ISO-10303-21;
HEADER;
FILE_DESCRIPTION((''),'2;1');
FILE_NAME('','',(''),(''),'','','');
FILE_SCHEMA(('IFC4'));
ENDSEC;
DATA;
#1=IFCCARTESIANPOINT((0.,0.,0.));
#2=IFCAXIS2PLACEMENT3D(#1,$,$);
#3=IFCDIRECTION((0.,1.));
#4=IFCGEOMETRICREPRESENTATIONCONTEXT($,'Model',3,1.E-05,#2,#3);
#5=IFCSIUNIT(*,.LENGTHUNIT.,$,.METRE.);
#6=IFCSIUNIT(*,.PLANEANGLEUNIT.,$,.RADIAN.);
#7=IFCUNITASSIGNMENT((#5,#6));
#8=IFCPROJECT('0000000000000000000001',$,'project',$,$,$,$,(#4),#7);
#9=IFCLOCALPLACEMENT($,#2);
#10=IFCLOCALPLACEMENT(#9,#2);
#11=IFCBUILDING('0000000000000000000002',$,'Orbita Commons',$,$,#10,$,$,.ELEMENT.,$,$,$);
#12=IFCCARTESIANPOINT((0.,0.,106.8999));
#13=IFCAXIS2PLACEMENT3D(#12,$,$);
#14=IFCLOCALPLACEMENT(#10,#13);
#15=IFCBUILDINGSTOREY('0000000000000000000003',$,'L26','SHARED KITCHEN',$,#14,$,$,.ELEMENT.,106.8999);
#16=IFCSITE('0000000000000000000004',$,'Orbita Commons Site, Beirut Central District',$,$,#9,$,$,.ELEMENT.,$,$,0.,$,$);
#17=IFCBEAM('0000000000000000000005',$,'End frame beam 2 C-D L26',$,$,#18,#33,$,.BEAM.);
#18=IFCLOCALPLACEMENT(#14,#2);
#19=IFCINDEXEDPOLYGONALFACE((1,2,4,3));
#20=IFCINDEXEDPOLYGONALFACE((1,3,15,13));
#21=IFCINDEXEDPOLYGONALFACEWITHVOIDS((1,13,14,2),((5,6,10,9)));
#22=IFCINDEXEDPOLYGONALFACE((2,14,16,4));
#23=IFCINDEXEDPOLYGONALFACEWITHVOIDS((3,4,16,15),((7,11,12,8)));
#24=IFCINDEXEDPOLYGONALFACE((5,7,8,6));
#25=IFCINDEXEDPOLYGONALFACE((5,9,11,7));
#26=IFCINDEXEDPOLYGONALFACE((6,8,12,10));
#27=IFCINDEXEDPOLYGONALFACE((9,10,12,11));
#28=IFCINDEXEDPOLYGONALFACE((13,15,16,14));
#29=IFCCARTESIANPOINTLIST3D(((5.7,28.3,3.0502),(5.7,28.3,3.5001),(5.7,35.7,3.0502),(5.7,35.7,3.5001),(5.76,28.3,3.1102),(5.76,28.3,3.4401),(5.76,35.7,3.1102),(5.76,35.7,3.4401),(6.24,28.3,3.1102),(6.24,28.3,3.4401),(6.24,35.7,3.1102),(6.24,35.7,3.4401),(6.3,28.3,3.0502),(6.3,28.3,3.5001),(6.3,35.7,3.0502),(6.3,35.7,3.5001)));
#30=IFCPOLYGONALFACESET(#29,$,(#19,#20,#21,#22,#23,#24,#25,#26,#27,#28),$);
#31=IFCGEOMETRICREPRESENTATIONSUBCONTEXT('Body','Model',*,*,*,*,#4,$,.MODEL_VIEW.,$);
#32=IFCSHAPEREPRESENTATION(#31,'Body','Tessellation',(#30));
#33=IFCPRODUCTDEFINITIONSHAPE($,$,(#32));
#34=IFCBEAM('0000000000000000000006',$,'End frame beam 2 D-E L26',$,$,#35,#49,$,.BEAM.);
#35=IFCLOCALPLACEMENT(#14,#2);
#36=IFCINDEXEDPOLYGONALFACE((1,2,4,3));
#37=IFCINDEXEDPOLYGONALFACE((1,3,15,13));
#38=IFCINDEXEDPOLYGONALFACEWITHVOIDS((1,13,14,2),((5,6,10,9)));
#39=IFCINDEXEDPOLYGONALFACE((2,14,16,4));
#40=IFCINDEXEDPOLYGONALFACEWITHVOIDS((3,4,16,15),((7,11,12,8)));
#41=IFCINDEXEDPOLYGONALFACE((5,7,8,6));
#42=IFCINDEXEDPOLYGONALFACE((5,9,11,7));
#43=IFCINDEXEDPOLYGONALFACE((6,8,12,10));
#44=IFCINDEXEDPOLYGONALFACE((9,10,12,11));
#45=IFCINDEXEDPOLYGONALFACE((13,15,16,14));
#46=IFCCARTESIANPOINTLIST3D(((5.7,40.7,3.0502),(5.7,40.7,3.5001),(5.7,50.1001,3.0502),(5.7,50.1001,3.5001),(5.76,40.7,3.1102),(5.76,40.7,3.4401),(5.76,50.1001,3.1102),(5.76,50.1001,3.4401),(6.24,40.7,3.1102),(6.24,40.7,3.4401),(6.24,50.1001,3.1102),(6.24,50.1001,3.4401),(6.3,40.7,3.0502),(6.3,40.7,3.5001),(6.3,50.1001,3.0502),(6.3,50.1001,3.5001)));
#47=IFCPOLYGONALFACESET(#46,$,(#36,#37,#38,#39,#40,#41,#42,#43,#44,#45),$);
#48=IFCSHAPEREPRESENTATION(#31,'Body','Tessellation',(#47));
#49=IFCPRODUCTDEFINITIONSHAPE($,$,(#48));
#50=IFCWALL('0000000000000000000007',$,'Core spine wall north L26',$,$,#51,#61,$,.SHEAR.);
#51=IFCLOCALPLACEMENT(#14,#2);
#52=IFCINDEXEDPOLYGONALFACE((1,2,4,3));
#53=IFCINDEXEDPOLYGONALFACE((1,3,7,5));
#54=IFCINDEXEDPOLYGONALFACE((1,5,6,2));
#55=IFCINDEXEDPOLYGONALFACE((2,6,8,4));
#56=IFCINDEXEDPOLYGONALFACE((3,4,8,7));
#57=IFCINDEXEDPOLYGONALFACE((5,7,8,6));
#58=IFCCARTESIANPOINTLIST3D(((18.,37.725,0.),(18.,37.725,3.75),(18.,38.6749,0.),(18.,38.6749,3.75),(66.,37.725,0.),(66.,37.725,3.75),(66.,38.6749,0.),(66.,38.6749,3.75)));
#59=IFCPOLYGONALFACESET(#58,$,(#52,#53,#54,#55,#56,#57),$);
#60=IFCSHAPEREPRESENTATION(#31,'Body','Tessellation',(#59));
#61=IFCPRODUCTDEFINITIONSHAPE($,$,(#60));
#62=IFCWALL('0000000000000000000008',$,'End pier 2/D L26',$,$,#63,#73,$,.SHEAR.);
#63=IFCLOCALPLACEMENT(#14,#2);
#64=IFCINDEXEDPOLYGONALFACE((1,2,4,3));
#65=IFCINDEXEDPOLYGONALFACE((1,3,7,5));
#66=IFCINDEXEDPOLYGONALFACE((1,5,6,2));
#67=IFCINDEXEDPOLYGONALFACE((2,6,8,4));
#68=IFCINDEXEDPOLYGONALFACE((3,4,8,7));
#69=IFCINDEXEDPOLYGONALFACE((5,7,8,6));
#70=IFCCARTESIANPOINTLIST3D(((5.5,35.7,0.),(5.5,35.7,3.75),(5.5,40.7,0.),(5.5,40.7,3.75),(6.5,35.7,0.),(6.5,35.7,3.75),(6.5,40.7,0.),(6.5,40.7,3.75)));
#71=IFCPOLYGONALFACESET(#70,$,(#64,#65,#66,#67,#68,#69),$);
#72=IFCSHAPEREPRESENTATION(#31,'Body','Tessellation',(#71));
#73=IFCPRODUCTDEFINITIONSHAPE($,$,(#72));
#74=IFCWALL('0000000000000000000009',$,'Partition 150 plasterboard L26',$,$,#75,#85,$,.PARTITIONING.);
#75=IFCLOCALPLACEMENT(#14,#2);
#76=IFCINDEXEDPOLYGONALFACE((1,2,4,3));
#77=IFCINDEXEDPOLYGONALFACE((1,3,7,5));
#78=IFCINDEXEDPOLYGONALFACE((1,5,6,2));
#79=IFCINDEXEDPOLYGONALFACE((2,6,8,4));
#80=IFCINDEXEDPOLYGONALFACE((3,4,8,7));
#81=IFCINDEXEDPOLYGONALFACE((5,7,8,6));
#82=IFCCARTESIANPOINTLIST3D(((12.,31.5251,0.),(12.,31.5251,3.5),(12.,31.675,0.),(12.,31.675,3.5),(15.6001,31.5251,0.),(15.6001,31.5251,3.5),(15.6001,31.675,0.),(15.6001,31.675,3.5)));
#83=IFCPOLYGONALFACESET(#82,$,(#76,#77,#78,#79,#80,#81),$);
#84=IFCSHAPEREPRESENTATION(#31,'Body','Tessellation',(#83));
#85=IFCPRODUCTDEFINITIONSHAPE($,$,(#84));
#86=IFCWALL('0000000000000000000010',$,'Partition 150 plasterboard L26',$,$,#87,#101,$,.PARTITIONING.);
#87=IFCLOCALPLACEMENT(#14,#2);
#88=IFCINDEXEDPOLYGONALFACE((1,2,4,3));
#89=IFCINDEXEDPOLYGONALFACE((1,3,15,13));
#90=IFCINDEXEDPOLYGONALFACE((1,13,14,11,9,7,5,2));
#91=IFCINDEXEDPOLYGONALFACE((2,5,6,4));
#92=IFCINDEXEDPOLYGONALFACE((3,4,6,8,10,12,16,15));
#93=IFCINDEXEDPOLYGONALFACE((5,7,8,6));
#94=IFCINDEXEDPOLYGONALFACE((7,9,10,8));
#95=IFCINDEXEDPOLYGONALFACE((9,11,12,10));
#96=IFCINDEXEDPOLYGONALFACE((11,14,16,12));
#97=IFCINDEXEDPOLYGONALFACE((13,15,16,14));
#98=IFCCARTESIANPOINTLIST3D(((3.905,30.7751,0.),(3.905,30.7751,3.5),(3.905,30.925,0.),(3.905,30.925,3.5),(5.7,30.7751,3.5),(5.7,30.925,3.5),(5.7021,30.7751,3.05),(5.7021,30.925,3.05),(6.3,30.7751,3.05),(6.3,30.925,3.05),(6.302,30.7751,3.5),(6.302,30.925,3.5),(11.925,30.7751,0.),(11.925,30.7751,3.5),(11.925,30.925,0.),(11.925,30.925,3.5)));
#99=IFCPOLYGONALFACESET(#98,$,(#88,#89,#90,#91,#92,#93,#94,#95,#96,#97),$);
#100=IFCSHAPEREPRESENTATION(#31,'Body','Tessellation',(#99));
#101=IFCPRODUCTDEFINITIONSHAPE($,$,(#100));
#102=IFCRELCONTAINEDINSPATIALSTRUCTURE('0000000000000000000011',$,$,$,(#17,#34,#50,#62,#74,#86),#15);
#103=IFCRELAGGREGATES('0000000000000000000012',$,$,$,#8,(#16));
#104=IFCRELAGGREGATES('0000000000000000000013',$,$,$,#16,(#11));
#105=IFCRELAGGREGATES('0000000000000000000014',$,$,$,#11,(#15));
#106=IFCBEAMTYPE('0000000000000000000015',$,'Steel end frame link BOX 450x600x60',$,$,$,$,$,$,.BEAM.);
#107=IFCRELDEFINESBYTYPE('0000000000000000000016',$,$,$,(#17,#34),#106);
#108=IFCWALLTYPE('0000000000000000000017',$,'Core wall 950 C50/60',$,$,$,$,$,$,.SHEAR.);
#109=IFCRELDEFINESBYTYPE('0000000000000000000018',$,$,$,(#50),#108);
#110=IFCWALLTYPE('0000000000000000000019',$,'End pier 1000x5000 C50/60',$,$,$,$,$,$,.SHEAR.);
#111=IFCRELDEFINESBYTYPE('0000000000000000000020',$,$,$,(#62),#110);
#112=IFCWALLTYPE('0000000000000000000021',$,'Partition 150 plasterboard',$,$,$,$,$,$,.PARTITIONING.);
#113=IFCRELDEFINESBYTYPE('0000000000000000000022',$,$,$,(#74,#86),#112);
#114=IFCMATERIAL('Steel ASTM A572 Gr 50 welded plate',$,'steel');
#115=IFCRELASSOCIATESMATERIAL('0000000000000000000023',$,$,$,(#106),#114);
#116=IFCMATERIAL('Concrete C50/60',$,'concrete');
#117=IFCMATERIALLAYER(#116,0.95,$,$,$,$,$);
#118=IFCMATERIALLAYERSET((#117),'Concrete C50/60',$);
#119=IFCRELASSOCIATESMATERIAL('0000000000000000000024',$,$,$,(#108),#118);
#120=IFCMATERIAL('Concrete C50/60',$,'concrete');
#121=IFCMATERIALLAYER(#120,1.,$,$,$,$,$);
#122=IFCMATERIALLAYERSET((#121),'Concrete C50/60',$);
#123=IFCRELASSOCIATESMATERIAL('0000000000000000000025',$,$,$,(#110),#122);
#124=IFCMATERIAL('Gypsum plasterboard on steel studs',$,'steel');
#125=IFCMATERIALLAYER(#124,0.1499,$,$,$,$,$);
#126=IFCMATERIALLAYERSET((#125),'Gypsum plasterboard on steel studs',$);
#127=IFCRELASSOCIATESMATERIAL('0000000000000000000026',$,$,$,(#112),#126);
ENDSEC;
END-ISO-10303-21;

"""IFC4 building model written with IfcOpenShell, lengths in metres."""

from ifc_helpers import new_model, si_unit, direction, frame, frame_2d, origin, origin_2d, place, context, subcontext, project, spatial, polyline, rectangle, hollow_rectangle, outline, extrude, material, layer, layer_set, material_profile, profile_set, type_object, element, save


model = new_model("IFC4")

# Units and contexts
model_context = context("Model", 3, precision=1e-05, world=origin(), true_north=direction((0.0, 1.0)))
body_context = subcontext(model_context, "Body", "Model", "MODEL_VIEW")
ifc_project = project(units=[si_unit("LENGTHUNIT", "METRE"), si_unit("PLANEANGLEUNIT", "RADIAN")], contexts=[model_context])

# Site, building, storey
site_placement = place(None, origin())
site = spatial("IfcSite", under=ifc_project, at=site_placement, Name="Orbita Commons Site, Beirut Central District", CompositionType="ELEMENT", RefElevation=0.0)
building_placement = place(site_placement, origin())
building = spatial("IfcBuilding", under=site, at=building_placement, Name="Orbita Commons", CompositionType="ELEMENT")
storey_placement = place(building_placement, frame((0.0, 0.0, 106.8999)))
storey = spatial("IfcBuildingStorey", under=building, at=storey_placement, Name="L26", Description="SHARED KITCHEN", CompositionType="ELEMENT", Elevation=106.8999)

# Beams
ifc_material_1 = material(Name="Steel ASTM A572 Gr 50 welded plate", Category="steel")
ifc_material_profile = material_profile(ifc_material_1, hollow_rectangle(XDim=0.6001, YDim=0.45, WallThickness=0.0601, at=origin_2d()), Name="BOX 450x600x60")
ifc_profile_set = profile_set([ifc_material_profile], Name="Steel ASTM A572 Gr 50 welded plate")
beam_type = type_object("IfcBeamType", Name="Steel end frame link BOX 450x600x60", PredefinedType="BEAM", material=ifc_profile_set)
beam_1_placement = place(storey_placement, frame((6.0, 28.3, 3.2751), z_axis=(0.0, 1.0, 0.0), x_axis=(-1.0, 0.0, 0.0)))
element("IfcBeam", 1, at=beam_1_placement, inside=storey, type_object=beam_type, Name="End frame beam 2 C-D L26", PredefinedType="BEAM", context=body_context, shape_type="SweptSolid", body=[
    extrude(hollow_rectangle(XDim=0.6001, YDim=0.45, WallThickness=0.0601, at=origin_2d()), origin(), (0.0, 0.0, 1.0), 7.3999),
])
beam_2_placement = place(storey_placement, frame((6.0, 40.7, 3.2751), z_axis=(0.0, 1.0, 0.0), x_axis=(-1.0, 0.0, 0.0)))
element("IfcBeam", 2, at=beam_2_placement, inside=storey, type_object=beam_type, Name="End frame beam 2 D-E L26", PredefinedType="BEAM", context=body_context, shape_type="SweptSolid", body=[
    extrude(hollow_rectangle(XDim=0.6001, YDim=0.45, WallThickness=0.0601, at=origin_2d()), origin(), (0.0, 0.0, 1.0), 9.4001),
])

# Walls
ifc_material_2 = material(Name="Concrete C50/60", Category="concrete")
ifc_layer_1 = layer(ifc_material_2, 0.95)
ifc_layer_set_1 = layer_set([ifc_layer_1], Name="Concrete C50/60")
wall_type_1 = type_object("IfcWallType", Name="Core wall 950 C50/60", PredefinedType="SHEAR", material=ifc_layer_set_1)
wall_1_placement = place(storey_placement, frame((18.0, 38.2, 0.0), z_axis=(0.0, 0.0, 1.0), x_axis=(1.0, 0.0, 0.0)))
element("IfcWall", 3, at=wall_1_placement, inside=storey, type_object=wall_type_1, Name="Core spine wall north L26", PredefinedType="SHEAR", context=body_context, shape_type="SweptSolid", body=[
    extrude(rectangle(XDim=48.0, YDim=0.95, at=frame_2d((24.0, 0.0))), origin(), (0.0, 0.0, 1.0), 3.75),
])
ifc_material_3 = material(Name="Concrete C50/60", Category="concrete")
ifc_layer_2 = layer(ifc_material_3, 1.0)
ifc_layer_set_2 = layer_set([ifc_layer_2], Name="Concrete C50/60")
wall_type_2 = type_object("IfcWallType", Name="End pier 1000x5000 C50/60", PredefinedType="SHEAR", material=ifc_layer_set_2)
wall_2_placement = place(storey_placement, frame((6.0, 35.7, 0.0), z_axis=(0.0, 0.0, 1.0), x_axis=(0.0, 1.0, 0.0)))
element("IfcWall", 4, at=wall_2_placement, inside=storey, type_object=wall_type_2, Name="End pier 2/D L26", PredefinedType="SHEAR", context=body_context, shape_type="SweptSolid", body=[
    extrude(rectangle(XDim=5.0, YDim=1.0, at=frame_2d((2.5, 0.0))), origin(), (0.0, 0.0, 1.0), 3.75),
])
ifc_material_4 = material(Name="Gypsum plasterboard on steel studs", Category="steel")
ifc_layer_3 = layer(ifc_material_4, 0.1499)
ifc_layer_set_3 = layer_set([ifc_layer_3], Name="Gypsum plasterboard on steel studs")
wall_type_3 = type_object("IfcWallType", Name="Partition 150 plasterboard", PredefinedType="PARTITIONING", material=ifc_layer_set_3)
wall_3_placement = place(storey_placement, frame((12.0, 31.6001, 0.0), z_axis=(0.0, 0.0, 1.0), x_axis=(1.0, 0.0, 0.0)))
element("IfcWall", 5, at=wall_3_placement, inside=storey, type_object=wall_type_3, Name="Partition 150 plasterboard L26", PredefinedType="PARTITIONING", context=body_context, shape_type="SweptSolid", body=[
    extrude(rectangle(XDim=3.6001, YDim=0.1499, at=frame_2d((1.8, 0.0))), origin(), (0.0, 0.0, 1.0), 3.5),
])
wall_4_placement = place(storey_placement, frame((3.905, 30.8501, 0.0), z_axis=(0.0, 0.0, 1.0), x_axis=(1.0, 0.0, 0.0)))
element("IfcWall", 6, at=wall_4_placement, inside=storey, type_object=wall_type_3, Name="Partition 150 plasterboard L26", PredefinedType="PARTITIONING", context=body_context, shape_type="SweptSolid", body=[
    extrude(outline(polyline([(0.0, 0.0), (8.02, 0.0), (8.02, 3.5), (2.397, 3.5), (2.395, 3.05), (1.7971, 3.05), (1.7949, 3.5), (0.0, 3.5), (0.0, 0.0)])), frame((0.0, 0.075, 0.0), z_axis=(0.0, -1.0, 0.0), x_axis=(1.0, 0.0, 0.0)), (0.0, 0.0, 1.0), 0.1499),
])

save(model, "model.ifc")
